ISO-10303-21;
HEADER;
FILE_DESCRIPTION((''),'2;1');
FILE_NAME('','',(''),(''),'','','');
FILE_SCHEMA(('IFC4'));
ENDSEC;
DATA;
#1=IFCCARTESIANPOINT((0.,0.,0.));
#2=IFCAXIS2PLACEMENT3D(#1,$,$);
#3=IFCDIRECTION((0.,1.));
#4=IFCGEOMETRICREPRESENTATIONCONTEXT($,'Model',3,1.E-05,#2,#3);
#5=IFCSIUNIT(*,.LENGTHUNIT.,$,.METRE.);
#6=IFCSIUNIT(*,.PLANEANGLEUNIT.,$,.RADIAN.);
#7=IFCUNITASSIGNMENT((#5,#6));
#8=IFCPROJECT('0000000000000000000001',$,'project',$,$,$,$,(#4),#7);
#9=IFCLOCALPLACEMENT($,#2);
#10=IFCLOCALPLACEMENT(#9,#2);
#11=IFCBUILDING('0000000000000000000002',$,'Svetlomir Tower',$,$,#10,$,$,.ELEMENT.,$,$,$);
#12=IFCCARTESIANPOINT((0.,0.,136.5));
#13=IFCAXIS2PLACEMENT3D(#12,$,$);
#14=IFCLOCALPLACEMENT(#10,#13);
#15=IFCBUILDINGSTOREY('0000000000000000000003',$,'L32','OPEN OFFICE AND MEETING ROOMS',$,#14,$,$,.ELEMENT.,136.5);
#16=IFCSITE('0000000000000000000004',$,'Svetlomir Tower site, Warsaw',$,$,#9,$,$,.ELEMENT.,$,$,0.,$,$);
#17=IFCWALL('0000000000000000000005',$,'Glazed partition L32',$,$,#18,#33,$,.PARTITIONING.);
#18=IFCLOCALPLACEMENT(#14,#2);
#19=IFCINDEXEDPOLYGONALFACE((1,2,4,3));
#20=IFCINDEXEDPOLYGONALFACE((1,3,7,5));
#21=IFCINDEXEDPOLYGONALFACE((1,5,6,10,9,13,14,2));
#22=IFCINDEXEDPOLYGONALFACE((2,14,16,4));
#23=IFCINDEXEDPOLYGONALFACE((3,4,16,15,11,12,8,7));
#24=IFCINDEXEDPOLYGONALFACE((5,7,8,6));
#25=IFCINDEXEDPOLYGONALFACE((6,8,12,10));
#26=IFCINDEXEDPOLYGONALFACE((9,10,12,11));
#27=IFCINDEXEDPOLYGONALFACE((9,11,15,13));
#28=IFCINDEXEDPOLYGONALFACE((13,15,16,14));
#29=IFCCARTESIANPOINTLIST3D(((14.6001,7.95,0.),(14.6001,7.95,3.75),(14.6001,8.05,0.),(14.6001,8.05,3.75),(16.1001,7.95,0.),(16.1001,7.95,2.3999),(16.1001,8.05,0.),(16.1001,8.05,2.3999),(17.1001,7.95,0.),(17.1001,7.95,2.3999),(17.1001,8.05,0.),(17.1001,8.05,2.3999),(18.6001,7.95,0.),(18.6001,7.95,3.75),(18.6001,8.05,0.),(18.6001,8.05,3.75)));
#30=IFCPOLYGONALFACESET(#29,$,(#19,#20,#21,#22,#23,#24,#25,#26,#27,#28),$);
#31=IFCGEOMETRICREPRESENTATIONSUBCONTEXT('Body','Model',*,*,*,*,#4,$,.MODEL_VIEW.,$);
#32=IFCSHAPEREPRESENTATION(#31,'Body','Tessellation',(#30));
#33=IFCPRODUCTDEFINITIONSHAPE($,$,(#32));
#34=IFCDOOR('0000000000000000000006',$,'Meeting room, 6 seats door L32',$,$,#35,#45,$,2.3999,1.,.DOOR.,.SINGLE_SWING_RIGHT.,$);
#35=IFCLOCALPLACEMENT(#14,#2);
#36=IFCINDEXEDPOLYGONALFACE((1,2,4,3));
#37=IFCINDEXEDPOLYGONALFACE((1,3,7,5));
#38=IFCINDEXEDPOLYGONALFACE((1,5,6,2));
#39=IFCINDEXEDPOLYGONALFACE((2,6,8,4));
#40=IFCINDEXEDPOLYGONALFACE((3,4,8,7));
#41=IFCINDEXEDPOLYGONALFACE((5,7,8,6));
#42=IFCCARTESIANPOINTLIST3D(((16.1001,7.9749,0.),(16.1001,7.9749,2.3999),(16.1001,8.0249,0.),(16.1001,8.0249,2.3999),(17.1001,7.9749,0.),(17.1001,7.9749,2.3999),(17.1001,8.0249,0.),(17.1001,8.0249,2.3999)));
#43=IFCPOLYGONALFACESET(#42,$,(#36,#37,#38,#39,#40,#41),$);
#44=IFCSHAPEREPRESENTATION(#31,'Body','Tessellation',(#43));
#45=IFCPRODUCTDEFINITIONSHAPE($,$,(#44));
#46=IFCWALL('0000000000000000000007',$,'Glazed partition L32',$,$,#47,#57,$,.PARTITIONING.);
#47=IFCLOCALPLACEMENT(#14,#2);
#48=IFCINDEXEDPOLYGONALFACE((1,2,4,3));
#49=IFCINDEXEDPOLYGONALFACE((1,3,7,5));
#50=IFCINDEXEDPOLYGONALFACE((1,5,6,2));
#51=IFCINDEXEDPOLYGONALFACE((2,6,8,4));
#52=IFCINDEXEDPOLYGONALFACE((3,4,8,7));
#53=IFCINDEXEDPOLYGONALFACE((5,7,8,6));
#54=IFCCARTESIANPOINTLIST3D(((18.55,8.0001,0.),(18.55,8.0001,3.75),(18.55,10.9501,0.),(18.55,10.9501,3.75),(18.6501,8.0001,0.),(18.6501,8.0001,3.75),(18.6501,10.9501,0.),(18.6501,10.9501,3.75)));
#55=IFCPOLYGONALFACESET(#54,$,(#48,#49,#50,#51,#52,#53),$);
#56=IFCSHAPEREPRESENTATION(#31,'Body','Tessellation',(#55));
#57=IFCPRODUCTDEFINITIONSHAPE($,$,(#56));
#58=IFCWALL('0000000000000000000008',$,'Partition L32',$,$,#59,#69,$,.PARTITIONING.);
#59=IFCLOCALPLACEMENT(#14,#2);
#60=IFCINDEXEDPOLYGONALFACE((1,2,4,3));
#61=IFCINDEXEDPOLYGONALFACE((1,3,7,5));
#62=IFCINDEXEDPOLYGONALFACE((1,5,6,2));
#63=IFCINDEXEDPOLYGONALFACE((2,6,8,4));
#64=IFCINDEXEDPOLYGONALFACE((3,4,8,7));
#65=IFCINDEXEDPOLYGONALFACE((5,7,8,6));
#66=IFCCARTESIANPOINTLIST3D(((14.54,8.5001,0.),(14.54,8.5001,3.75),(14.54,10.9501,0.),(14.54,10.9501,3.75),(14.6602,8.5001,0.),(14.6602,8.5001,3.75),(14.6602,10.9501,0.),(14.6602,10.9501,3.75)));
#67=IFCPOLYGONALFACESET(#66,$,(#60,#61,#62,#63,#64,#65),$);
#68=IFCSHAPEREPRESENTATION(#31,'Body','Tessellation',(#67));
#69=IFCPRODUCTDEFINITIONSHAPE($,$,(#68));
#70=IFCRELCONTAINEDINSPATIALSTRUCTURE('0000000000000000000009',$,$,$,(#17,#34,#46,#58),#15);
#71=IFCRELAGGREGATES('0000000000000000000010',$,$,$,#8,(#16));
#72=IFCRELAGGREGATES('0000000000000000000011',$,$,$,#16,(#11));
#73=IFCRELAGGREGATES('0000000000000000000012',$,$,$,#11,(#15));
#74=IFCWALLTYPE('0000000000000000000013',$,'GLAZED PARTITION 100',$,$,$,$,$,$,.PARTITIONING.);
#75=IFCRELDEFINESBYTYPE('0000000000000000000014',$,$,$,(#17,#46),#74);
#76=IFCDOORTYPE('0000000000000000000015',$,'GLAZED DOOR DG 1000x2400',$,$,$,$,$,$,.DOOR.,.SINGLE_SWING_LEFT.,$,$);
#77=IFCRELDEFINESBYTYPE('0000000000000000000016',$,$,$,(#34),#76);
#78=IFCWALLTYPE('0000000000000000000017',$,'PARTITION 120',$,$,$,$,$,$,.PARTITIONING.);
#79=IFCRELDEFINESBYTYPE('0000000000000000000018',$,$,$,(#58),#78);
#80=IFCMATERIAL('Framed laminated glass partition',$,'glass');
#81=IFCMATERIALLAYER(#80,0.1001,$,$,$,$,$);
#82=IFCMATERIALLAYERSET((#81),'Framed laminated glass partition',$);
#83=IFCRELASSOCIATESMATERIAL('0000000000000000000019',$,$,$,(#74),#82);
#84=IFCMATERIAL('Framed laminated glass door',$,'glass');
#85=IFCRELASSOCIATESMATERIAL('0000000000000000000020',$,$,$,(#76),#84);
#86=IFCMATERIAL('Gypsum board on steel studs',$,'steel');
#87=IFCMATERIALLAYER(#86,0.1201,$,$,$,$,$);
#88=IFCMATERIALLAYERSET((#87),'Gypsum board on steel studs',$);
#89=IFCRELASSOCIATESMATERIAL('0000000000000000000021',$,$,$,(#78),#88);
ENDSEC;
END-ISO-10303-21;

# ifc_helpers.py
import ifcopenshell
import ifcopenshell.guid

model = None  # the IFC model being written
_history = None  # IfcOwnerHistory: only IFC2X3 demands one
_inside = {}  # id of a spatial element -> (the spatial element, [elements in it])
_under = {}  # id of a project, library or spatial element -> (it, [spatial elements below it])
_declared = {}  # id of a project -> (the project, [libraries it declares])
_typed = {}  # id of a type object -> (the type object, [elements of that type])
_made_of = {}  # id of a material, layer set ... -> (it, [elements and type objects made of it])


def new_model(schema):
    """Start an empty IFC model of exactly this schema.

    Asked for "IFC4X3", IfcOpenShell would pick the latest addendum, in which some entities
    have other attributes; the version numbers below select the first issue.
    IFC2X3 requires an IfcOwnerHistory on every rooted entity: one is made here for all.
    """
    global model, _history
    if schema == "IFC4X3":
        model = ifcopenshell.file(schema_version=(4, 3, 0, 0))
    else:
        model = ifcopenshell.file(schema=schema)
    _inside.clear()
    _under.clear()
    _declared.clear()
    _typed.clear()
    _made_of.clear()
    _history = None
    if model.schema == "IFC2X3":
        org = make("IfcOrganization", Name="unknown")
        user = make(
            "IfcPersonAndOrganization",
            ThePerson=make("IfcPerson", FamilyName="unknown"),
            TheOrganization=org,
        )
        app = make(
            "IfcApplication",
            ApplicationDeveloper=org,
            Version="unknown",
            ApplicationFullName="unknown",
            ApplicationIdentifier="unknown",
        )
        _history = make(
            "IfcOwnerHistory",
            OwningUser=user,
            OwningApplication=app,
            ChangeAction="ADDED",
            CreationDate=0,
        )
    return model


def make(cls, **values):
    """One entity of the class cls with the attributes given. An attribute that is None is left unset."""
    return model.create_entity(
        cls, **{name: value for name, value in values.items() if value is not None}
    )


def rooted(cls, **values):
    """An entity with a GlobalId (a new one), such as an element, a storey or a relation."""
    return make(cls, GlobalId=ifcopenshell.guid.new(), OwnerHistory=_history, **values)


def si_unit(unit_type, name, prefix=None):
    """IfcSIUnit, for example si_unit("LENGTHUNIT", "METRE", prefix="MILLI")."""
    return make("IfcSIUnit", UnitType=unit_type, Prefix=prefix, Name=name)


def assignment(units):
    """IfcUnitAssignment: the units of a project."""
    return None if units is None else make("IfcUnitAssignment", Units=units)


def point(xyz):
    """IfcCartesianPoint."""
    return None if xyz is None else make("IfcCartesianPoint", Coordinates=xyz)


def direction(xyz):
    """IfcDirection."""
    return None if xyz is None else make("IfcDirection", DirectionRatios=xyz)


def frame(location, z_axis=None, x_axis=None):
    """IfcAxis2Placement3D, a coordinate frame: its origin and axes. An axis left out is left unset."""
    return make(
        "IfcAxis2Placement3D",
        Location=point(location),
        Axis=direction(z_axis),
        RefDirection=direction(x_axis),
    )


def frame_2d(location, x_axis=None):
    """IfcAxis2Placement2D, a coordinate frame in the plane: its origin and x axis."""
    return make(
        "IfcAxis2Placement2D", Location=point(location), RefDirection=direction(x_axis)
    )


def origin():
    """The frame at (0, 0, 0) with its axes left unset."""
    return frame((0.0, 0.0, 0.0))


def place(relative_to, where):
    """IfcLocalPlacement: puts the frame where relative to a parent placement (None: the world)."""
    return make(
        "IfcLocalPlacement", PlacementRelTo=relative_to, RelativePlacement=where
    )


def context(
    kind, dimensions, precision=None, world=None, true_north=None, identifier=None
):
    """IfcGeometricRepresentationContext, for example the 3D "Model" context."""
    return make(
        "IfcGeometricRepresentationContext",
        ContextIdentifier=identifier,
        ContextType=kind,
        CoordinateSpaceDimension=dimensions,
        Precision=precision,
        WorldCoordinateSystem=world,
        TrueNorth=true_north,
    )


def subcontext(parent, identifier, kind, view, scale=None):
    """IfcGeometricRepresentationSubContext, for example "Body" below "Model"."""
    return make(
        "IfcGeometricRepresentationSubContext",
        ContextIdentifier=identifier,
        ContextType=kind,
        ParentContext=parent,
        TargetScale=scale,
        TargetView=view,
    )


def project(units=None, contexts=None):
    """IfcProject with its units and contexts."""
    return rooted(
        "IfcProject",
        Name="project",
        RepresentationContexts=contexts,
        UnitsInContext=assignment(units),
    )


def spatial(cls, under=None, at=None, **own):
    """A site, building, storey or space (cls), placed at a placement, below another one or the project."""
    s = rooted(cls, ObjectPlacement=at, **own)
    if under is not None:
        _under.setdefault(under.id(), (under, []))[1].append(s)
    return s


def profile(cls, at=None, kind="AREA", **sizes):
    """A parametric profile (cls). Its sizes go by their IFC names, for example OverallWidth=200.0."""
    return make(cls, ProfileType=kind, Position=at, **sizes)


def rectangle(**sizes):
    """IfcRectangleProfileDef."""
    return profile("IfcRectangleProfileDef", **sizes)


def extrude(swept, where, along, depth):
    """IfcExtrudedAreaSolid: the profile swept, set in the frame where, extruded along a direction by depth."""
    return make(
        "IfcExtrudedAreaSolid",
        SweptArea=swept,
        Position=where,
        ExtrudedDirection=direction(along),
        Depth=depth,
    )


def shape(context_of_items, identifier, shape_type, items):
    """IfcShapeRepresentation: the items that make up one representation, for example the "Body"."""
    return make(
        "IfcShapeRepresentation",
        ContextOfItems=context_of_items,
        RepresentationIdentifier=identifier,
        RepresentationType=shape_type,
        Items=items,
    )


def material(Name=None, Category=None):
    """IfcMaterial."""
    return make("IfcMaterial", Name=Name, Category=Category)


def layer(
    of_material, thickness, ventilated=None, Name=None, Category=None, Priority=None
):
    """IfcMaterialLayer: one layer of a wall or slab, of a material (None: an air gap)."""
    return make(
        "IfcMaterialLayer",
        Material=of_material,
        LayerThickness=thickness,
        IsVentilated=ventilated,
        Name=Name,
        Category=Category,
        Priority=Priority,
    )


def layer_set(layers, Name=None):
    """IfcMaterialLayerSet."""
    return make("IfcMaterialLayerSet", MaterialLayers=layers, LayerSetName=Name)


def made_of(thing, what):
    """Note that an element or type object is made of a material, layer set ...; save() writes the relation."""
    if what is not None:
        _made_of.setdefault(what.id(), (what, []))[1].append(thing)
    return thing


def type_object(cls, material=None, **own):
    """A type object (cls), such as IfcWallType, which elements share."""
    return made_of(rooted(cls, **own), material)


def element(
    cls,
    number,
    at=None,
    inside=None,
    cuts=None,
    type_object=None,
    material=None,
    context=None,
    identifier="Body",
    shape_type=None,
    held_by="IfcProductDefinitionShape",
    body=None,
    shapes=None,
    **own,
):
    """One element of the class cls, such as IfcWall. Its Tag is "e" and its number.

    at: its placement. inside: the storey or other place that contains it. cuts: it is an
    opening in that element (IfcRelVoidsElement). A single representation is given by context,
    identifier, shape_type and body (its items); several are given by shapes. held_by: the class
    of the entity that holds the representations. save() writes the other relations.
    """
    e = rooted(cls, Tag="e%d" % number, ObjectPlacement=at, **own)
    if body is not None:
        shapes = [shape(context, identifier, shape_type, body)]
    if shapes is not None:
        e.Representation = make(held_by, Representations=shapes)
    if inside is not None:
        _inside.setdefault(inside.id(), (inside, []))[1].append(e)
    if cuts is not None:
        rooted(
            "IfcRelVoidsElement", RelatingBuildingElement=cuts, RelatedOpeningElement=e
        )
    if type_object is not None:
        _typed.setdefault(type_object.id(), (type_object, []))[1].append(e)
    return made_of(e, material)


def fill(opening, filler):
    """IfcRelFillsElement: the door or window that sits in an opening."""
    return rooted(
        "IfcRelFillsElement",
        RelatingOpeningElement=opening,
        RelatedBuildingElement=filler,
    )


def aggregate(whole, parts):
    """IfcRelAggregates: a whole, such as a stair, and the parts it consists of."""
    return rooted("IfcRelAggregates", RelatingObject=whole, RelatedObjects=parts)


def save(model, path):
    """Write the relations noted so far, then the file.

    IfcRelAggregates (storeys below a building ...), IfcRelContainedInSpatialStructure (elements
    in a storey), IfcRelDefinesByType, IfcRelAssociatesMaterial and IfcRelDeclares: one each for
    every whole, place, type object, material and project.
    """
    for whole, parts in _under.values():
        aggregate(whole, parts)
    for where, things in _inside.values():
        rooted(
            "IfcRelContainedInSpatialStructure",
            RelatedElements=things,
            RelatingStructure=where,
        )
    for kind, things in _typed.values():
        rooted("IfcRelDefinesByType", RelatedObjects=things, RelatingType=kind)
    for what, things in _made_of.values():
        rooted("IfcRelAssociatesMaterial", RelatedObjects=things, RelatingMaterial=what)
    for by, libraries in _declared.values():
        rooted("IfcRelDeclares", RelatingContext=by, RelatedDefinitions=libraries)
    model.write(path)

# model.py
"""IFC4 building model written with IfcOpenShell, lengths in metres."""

from ifc_helpers import new_model, si_unit, direction, frame, frame_2d, origin, place, context, subcontext, project, spatial, rectangle, extrude, material, layer, layer_set, type_object, element, fill, save


model = new_model("IFC4")

# Units and contexts
model_context = context("Model", 3, precision=1e-05, world=origin(), true_north=direction((0.0, 1.0)))
body_context = subcontext(model_context, "Body", "Model", "MODEL_VIEW")
ifc_project = project(units=[si_unit("LENGTHUNIT", "METRE"), si_unit("PLANEANGLEUNIT", "RADIAN")], contexts=[model_context])

# Site, building, storey
site_placement = place(None, origin())
site = spatial("IfcSite", under=ifc_project, at=site_placement, Name="Svetlomir Tower site, Warsaw", CompositionType="ELEMENT", RefElevation=0.0)
building_placement = place(site_placement, origin())
building = spatial("IfcBuilding", under=site, at=building_placement, Name="Svetlomir Tower", CompositionType="ELEMENT")
storey_placement = place(building_placement, frame((0.0, 0.0, 136.5)))
storey = spatial("IfcBuildingStorey", under=building, at=storey_placement, Name="L32", Description="OPEN OFFICE AND MEETING ROOMS", CompositionType="ELEMENT", Elevation=136.5)

# Wall, opening, door
ifc_material_1 = material(Name="Framed laminated glass partition", Category="glass")
ifc_layer_1 = layer(ifc_material_1, 0.1001)
ifc_layer_set_1 = layer_set([ifc_layer_1], Name="Framed laminated glass partition")
wall_type_1 = type_object("IfcWallType", Name="GLAZED PARTITION 100", PredefinedType="PARTITIONING", material=ifc_layer_set_1)
wall_1_placement = place(storey_placement, frame((14.6001, 8.0, 0.0), z_axis=(0.0, 0.0, 1.0), x_axis=(1.0, 0.0, 0.0)))
wall_1 = element("IfcWall", 1, at=wall_1_placement, inside=storey, type_object=wall_type_1, Name="Glazed partition L32", PredefinedType="PARTITIONING", context=body_context, shape_type="SweptSolid", body=[
    extrude(rectangle(XDim=4.0, YDim=0.1001, at=frame_2d((2.0, 0.0))), origin(), (0.0, 0.0, 1.0), 3.75),
])
opening_1_placement = place(wall_1_placement, frame((1.5, 0.0, 0.0)))
opening_1 = element("IfcOpeningElement", 2, at=opening_1_placement, cuts=wall_1, PredefinedType="OPENING", context=body_context, shape_type="SweptSolid", body=[
    extrude(rectangle(XDim=1.0, YDim=2.3999, at=frame_2d((0.5, 1.2))), frame((0.0, 0.0601, 0.0), z_axis=(0.0, -1.0, 0.0), x_axis=(1.0, 0.0, 0.0)), (0.0, 0.0, 1.0), 0.1201),
])
ifc_material_2 = material(Name="Framed laminated glass door", Category="glass")
door_type_1 = type_object("IfcDoorType", Name="GLAZED DOOR DG 1000x2400", OperationType="SINGLE_SWING_LEFT", PredefinedType="DOOR", material=ifc_material_2)
door_1_placement = place(opening_1_placement, origin())
door_1 = element("IfcDoor", 3, at=door_1_placement, inside=storey, type_object=door_type_1, Name="Meeting room, 6 seats door L32", OperationType="SINGLE_SWING_RIGHT", OverallHeight=2.3999, OverallWidth=1.0, PredefinedType="DOOR", context=body_context, shape_type="SweptSolid", body=[
    extrude(rectangle(XDim=1.0, YDim=2.3999, at=frame_2d((0.5, 1.2))), frame((0.0, 0.0249, 0.0), z_axis=(0.0, -1.0, 0.0), x_axis=(1.0, 0.0, 0.0)), (0.0, 0.0, 1.0), 0.05),
])
fill(opening_1, door_1)

# Walls
wall_2_placement = place(storey_placement, frame((18.6001, 8.0, 0.0), z_axis=(0.0, 0.0, 1.0), x_axis=(0.0, 1.0, 0.0)))
element("IfcWall", 4, at=wall_2_placement, inside=storey, type_object=wall_type_1, Name="Glazed partition L32", PredefinedType="PARTITIONING", context=body_context, shape_type="SweptSolid", body=[
    extrude(rectangle(XDim=2.95, YDim=0.1001, at=frame_2d((1.4751, 0.0))), origin(), (0.0, 0.0, 1.0), 3.75),
])
ifc_material_3 = material(Name="Gypsum board on steel studs", Category="steel")
ifc_layer_2 = layer(ifc_material_3, 0.1201)
ifc_layer_set_2 = layer_set([ifc_layer_2], Name="Gypsum board on steel studs")
wall_type_2 = type_object("IfcWallType", Name="PARTITION 120", PredefinedType="PARTITIONING", material=ifc_layer_set_2)
wall_3_placement = place(storey_placement, frame((14.6001, 8.5, 0.0), z_axis=(0.0, 0.0, 1.0), x_axis=(0.0, 1.0, 0.0)))
element("IfcWall", 5, at=wall_3_placement, inside=storey, type_object=wall_type_2, Name="Partition L32", PredefinedType="PARTITIONING", context=body_context, shape_type="SweptSolid", body=[
    extrude(rectangle(XDim=2.45, YDim=0.1201, at=frame_2d((1.2251, 0.0))), origin(), (0.0, 0.0, 1.0), 3.75),
])

save(model, "model.ifc")
